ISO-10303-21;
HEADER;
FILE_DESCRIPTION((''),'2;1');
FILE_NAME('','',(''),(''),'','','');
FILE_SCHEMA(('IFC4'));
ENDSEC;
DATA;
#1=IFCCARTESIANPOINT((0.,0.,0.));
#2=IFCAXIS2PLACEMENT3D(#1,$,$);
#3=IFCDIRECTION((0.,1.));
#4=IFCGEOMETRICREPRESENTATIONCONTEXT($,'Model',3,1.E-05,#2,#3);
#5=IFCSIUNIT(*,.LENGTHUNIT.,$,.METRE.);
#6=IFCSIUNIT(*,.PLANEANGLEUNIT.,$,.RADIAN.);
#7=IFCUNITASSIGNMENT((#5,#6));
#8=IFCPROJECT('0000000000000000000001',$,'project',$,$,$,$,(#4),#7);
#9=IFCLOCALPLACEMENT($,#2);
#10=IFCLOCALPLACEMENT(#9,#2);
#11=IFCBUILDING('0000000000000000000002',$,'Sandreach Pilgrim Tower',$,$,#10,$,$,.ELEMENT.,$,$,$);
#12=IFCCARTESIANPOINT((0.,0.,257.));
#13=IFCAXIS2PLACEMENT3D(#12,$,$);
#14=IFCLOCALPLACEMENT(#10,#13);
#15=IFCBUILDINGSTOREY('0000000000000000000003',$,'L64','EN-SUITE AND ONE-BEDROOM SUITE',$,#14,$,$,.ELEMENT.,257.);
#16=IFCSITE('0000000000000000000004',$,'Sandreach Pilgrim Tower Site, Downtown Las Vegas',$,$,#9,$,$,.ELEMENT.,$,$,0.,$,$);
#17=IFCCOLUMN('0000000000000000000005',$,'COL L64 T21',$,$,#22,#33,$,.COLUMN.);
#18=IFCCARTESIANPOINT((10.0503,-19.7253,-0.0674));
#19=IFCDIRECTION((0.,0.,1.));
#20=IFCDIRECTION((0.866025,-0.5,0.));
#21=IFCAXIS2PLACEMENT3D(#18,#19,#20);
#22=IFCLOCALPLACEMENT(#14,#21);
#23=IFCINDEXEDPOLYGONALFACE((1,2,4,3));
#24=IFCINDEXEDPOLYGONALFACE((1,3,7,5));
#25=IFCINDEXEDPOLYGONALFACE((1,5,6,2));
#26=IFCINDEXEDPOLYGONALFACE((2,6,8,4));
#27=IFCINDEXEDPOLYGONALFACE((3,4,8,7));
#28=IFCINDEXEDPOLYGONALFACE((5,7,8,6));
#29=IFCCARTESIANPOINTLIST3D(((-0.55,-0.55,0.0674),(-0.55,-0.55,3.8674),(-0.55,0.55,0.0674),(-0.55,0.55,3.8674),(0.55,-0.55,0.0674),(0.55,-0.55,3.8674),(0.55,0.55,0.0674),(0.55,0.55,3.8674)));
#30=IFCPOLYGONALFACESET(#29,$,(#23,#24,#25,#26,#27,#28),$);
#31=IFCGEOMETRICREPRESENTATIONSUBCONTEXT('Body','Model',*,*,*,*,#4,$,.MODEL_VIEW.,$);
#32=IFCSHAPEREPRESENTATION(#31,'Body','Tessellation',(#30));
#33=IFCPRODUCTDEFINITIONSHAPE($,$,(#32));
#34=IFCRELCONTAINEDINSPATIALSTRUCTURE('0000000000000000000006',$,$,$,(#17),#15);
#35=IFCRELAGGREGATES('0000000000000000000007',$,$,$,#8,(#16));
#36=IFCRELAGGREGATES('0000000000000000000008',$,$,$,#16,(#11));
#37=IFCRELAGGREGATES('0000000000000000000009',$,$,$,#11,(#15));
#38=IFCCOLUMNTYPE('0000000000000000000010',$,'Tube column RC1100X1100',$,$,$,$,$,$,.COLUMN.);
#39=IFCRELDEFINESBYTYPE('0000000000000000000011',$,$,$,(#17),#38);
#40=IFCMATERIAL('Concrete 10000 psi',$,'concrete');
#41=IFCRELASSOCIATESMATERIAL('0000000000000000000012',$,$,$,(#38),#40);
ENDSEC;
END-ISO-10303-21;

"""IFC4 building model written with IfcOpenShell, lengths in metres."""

from ifc_helpers import new_model, si_unit, direction, frame, origin, origin_2d, place, context, subcontext, project, spatial, rectangle, extrude, clip, halfspace, material, material_profile, profile_set, type_object, element, save


model = new_model("IFC4")

# Units and contexts
model_context = context("Model", 3, precision=1e-05, world=origin(), true_north=direction((0.0, 1.0)))
body_context = subcontext(model_context, "Body", "Model", "MODEL_VIEW")
ifc_project = project(units=[si_unit("LENGTHUNIT", "METRE"), si_unit("PLANEANGLEUNIT", "RADIAN")], contexts=[model_context])

# Site, building, storey
site_placement = place(None, origin())
site = spatial("IfcSite", under=ifc_project, at=site_placement, Name="Sandreach Pilgrim Tower Site, Downtown Las Vegas", CompositionType="ELEMENT", RefElevation=0.0)
building_placement = place(site_placement, origin())
building = spatial("IfcBuilding", under=site, at=building_placement, Name="Sandreach Pilgrim Tower", CompositionType="ELEMENT")
storey_placement = place(building_placement, frame((0.0, 0.0, 257.0)))
storey = spatial("IfcBuildingStorey", under=building, at=storey_placement, Name="L64", Description="EN-SUITE AND ONE-BEDROOM SUITE", CompositionType="ELEMENT", Elevation=257.0)

# Column
ifc_material_1 = material(Name="Concrete 10000 psi", Category="concrete")
ifc_material_profile_1 = material_profile(ifc_material_1, rectangle(XDim=1.1001, YDim=1.1001, at=origin_2d()), Name="RC1100X1100")
ifc_profile_set_1 = profile_set([ifc_material_profile_1], Name="Concrete 10000 psi")
column_type = type_object("IfcColumnType", Name="Tube column RC1100X1100", PredefinedType="COLUMN", material=ifc_profile_set_1)
column_placement = place(storey_placement, frame((10.0503, -19.7253, -0.0674), z_axis=(0.0, 0.0, 1.0), x_axis=(0.866025, -0.5, 0.0)))
element("IfcColumn", 1, at=column_placement, inside=storey, type_object=column_type, Name="COL L64 T21", PredefinedType="COLUMN", context=body_context, shape_type="SweptSolid", body=[
    clip(extrude(rectangle(XDim=1.1001, YDim=1.1001, at=origin_2d()), origin(), (0.0, 0.0, 1.0), 3.8674), halfspace(frame((0.0, 0.0, 0.0674)), True)),
])

save(model, "model.ifc")
